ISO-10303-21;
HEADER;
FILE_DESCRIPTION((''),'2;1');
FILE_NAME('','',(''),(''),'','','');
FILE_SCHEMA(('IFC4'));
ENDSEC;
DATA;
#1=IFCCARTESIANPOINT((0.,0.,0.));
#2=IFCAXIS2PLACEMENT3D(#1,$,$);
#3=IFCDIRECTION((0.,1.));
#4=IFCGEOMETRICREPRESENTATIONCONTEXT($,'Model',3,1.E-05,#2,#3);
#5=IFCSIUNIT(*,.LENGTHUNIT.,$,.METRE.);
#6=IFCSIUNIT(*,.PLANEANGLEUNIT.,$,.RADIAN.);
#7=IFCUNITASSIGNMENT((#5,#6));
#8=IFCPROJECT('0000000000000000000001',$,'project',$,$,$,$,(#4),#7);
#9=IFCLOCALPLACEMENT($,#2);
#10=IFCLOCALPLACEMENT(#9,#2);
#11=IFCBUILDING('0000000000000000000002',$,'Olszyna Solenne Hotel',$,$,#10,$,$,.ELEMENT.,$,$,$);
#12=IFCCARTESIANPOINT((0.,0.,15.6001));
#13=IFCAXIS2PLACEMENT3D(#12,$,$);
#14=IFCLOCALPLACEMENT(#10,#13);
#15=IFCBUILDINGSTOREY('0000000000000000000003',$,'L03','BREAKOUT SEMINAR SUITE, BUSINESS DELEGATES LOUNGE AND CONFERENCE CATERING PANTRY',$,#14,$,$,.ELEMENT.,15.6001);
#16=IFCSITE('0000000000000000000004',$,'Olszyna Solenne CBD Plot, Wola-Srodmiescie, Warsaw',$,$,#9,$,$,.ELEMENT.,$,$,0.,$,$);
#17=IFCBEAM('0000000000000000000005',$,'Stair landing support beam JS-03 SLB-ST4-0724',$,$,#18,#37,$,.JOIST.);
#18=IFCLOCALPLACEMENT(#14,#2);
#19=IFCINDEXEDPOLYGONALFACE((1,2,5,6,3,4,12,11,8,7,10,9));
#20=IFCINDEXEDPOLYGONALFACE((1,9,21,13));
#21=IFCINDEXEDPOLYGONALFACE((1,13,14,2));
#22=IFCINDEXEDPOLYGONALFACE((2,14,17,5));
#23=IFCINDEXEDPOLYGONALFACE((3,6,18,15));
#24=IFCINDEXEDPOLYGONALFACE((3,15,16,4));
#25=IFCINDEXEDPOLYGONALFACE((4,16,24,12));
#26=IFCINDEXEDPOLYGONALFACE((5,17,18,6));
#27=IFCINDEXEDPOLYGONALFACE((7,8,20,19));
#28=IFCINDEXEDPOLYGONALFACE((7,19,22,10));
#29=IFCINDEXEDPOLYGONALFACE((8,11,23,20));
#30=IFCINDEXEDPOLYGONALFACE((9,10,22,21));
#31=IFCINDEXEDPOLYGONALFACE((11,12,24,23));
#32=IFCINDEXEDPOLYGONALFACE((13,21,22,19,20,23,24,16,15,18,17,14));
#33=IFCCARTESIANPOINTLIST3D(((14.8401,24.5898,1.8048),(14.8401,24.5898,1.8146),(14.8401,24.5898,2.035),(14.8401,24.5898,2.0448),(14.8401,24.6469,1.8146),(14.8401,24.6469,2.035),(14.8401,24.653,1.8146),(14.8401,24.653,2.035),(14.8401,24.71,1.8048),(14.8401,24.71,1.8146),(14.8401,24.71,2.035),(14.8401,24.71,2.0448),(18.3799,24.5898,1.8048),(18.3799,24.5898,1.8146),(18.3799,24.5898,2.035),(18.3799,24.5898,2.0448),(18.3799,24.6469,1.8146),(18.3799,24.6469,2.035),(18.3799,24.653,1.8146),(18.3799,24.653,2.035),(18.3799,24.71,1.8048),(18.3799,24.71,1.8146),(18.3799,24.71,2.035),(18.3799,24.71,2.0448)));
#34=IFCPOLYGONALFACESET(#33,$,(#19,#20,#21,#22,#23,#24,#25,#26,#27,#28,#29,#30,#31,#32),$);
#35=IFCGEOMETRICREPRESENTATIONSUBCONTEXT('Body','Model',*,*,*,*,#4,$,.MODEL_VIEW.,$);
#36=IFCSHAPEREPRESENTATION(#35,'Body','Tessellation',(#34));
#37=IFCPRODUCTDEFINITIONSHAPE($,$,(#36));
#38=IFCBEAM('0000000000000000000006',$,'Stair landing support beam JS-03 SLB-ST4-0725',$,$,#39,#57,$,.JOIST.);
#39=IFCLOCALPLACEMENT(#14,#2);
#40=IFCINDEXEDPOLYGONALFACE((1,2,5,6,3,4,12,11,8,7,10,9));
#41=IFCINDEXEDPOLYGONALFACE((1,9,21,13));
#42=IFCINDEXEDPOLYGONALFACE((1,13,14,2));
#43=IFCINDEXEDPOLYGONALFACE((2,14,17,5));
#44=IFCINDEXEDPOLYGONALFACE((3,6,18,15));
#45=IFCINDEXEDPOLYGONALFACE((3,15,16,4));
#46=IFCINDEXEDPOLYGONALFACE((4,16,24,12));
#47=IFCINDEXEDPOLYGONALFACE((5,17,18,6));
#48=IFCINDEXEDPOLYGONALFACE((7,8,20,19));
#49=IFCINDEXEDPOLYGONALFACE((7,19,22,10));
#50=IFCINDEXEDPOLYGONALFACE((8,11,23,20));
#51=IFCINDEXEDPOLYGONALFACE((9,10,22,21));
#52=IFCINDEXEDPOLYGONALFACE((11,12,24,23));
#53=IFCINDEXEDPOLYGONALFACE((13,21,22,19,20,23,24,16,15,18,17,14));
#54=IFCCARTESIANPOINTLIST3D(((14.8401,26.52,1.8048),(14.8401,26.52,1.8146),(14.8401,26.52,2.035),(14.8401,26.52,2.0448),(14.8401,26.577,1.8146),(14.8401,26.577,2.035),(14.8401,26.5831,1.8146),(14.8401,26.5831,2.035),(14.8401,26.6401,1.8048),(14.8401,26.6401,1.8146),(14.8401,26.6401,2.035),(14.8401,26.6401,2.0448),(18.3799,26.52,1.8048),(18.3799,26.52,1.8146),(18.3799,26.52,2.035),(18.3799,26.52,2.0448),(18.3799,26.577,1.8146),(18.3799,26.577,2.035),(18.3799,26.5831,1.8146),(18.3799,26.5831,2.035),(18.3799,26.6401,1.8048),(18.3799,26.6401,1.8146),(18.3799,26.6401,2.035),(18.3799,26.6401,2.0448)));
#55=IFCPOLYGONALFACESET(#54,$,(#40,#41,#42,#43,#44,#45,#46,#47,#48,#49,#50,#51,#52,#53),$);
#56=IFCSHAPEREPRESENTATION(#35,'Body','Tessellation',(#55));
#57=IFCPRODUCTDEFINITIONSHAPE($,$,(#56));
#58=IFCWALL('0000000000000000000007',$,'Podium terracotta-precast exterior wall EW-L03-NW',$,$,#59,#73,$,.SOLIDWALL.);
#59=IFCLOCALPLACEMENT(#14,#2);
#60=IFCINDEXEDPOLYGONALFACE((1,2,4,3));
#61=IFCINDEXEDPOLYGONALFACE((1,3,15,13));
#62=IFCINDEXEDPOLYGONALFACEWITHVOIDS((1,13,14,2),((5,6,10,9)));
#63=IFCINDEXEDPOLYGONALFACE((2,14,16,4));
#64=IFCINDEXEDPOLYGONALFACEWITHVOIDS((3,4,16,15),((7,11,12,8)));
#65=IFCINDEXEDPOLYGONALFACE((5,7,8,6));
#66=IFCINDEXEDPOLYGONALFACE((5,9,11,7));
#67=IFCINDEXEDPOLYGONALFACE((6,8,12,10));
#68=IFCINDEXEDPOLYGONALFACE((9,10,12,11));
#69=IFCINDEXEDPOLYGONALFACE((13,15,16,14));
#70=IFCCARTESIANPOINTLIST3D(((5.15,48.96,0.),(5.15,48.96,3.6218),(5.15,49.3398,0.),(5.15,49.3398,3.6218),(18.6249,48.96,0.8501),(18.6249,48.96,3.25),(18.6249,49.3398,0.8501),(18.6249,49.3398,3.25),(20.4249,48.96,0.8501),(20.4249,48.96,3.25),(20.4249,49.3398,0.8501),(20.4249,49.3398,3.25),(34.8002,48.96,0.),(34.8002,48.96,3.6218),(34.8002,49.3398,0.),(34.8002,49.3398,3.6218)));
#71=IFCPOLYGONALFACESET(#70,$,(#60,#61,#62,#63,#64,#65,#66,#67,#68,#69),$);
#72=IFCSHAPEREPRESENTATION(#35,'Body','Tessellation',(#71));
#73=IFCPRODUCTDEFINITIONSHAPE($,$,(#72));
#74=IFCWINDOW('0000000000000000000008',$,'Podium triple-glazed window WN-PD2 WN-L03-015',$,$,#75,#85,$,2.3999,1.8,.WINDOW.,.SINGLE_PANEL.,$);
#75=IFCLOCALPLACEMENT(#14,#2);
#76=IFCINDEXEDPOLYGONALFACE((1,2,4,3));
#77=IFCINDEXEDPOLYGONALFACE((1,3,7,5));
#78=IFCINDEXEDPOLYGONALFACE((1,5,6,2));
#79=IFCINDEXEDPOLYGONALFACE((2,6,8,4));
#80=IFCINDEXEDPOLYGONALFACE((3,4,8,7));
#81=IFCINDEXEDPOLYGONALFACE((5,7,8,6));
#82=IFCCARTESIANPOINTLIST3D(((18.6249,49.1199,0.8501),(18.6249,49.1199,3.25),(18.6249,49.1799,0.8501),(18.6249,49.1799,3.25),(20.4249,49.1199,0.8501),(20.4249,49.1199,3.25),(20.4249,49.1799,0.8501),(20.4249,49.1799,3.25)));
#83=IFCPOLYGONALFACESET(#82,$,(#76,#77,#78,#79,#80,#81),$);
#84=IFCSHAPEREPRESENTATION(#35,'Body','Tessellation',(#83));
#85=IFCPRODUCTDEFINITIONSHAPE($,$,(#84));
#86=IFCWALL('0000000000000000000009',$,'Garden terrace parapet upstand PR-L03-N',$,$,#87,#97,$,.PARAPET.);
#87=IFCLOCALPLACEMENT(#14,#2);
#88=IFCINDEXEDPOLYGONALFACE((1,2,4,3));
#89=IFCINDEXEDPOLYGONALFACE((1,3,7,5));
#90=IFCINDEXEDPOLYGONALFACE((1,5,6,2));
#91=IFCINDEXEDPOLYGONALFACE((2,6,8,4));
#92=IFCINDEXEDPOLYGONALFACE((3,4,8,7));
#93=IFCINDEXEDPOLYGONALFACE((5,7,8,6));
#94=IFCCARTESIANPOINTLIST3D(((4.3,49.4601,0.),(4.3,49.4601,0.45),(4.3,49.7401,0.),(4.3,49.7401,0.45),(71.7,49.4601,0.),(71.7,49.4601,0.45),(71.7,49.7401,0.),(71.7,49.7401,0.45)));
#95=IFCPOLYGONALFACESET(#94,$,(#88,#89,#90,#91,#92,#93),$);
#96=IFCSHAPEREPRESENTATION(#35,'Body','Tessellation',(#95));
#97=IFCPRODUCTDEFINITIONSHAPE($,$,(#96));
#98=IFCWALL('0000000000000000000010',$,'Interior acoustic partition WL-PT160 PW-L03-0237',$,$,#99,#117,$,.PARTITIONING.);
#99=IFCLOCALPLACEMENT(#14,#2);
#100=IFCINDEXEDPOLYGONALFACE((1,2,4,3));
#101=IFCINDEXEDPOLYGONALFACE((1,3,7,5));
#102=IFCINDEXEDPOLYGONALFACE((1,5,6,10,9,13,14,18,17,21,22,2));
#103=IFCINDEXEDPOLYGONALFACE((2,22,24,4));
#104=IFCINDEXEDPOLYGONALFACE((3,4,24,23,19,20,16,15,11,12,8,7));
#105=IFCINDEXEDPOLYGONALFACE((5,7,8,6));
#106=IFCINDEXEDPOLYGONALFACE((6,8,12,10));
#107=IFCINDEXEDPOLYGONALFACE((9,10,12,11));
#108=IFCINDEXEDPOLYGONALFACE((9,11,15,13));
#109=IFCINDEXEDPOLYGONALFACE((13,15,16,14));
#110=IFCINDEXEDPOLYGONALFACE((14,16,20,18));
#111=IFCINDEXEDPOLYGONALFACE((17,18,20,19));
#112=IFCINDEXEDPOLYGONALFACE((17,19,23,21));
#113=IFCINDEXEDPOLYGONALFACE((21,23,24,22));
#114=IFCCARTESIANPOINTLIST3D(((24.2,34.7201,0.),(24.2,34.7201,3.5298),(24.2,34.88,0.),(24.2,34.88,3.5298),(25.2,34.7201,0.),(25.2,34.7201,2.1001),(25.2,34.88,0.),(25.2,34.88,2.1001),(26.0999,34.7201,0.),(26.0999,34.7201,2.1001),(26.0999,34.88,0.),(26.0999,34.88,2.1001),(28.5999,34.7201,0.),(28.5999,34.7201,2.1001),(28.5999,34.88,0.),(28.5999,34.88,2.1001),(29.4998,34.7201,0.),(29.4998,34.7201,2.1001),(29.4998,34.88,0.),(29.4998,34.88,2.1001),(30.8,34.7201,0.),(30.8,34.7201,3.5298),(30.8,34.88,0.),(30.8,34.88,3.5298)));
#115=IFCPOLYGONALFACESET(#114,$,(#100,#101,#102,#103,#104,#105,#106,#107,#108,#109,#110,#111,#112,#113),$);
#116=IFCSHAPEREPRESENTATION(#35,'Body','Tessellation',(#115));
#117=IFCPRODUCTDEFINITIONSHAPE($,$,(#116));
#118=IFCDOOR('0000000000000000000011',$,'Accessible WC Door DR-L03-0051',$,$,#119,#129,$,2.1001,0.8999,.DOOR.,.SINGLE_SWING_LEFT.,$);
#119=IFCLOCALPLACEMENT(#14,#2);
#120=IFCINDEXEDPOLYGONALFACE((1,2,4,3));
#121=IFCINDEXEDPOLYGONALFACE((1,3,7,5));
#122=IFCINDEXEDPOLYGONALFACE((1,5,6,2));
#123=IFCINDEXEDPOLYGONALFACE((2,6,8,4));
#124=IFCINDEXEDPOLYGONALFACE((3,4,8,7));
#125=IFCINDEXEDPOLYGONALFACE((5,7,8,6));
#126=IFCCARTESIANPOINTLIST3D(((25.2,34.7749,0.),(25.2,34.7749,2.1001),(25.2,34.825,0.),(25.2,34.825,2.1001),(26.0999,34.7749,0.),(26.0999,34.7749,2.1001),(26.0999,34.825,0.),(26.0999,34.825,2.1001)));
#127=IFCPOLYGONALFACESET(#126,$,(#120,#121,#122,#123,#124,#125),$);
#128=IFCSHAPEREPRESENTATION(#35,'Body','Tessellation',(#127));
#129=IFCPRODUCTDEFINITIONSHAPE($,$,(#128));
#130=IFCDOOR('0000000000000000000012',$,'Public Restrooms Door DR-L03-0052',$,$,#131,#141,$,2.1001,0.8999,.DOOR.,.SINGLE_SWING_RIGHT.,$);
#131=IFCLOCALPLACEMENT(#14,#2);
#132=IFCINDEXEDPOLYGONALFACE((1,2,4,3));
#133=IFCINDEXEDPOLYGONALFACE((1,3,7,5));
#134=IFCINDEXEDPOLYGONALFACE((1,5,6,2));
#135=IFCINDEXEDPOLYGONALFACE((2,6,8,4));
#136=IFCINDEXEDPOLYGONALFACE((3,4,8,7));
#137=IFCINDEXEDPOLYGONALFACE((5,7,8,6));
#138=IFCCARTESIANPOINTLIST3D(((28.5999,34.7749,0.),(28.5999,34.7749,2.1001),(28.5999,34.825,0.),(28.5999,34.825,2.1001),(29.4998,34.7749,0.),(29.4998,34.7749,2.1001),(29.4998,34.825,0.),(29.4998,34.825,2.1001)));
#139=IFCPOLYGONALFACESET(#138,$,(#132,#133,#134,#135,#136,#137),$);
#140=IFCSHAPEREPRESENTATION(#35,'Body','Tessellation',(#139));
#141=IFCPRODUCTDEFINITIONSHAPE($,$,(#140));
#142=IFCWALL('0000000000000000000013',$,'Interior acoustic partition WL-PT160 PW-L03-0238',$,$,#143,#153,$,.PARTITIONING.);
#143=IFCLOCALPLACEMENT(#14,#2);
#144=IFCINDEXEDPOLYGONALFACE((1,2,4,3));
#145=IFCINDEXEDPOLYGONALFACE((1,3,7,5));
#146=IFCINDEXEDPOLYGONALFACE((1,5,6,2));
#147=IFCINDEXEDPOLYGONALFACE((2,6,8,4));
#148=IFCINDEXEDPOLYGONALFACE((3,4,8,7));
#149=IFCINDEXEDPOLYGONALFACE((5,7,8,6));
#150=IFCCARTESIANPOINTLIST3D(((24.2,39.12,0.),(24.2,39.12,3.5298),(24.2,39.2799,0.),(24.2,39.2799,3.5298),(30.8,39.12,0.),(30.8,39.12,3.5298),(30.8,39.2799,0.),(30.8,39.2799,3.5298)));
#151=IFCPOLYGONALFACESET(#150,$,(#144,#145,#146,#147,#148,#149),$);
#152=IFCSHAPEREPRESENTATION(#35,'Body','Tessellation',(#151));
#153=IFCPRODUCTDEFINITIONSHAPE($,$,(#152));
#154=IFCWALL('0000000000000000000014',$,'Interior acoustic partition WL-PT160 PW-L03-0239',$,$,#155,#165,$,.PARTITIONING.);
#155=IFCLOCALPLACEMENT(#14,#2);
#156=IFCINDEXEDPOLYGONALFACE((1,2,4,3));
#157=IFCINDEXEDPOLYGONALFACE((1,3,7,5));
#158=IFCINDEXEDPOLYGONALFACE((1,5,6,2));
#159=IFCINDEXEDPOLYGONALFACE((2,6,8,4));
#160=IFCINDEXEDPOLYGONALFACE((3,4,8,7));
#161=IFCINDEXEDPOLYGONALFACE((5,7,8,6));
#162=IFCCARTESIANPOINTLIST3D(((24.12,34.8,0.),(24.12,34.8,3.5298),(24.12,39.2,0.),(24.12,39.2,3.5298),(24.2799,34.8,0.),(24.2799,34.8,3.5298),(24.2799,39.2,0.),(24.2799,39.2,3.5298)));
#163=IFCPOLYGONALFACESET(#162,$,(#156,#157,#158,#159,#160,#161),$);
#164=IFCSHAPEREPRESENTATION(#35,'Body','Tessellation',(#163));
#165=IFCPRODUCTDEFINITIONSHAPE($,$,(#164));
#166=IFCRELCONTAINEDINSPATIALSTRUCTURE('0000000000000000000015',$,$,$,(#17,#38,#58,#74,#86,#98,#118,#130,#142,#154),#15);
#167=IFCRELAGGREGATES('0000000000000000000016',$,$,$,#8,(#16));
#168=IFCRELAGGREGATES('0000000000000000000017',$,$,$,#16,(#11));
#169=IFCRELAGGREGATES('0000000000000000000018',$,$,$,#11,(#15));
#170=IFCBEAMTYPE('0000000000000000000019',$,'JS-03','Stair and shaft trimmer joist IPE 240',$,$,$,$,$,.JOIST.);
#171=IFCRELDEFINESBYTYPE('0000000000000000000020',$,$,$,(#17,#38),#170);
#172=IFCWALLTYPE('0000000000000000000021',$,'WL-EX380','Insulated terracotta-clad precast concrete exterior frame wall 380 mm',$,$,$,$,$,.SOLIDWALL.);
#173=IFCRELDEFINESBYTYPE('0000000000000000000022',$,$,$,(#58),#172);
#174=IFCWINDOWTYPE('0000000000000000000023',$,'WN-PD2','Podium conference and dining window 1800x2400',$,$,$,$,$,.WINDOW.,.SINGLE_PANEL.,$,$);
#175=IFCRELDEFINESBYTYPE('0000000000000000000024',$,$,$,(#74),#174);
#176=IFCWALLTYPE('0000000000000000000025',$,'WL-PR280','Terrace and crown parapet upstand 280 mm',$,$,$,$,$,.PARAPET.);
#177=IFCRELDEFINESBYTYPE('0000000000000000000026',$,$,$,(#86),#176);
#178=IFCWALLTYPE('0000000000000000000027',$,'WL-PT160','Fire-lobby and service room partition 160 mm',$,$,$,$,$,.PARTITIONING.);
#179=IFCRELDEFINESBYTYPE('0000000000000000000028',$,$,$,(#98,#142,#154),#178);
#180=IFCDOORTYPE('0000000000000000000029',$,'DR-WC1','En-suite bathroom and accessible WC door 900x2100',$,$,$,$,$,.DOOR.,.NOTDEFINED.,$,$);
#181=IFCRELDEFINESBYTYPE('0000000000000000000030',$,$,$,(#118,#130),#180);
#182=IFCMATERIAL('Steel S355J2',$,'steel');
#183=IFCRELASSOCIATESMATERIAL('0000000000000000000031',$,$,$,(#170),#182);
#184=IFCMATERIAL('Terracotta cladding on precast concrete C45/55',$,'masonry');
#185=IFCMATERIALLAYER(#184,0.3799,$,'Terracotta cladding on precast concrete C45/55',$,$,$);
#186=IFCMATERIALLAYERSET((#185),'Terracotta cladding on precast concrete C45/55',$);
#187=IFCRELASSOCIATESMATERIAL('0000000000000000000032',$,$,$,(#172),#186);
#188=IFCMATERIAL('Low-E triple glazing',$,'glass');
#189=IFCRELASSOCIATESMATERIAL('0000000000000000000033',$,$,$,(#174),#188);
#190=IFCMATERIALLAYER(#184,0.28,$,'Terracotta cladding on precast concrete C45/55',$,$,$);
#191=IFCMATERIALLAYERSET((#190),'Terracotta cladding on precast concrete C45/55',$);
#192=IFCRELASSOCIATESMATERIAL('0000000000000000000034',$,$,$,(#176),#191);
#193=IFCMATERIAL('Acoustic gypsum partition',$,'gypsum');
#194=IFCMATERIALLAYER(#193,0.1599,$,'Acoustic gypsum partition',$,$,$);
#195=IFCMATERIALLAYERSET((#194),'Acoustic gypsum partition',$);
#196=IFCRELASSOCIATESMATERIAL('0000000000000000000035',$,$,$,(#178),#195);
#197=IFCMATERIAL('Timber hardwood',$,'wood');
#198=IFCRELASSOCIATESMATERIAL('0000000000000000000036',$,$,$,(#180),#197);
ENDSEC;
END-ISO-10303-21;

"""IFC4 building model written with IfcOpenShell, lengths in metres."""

from ifc_helpers import new_model, si_unit, direction, frame, frame_2d, origin, origin_2d, place, context, subcontext, project, spatial, rectangle, i_section, extrude, source, transform, mapped, material, layer, layer_set, material_profile, profile_set, type_object, type_shapes, element, fill, save


model = new_model("IFC4")

# Units and contexts
model_context = context("Model", 3, precision=1e-05, world=origin(), true_north=direction((0.0, 1.0)))
body_context = subcontext(model_context, "Body", "Model", "MODEL_VIEW")
ifc_project = project(units=[si_unit("LENGTHUNIT", "METRE"), si_unit("PLANEANGLEUNIT", "RADIAN")], contexts=[model_context])

# Site, building, storey
site_placement = place(None, origin())
site = spatial("IfcSite", under=ifc_project, at=site_placement, Name="Olszyna Solenne CBD Plot, Wola-Srodmiescie, Warsaw", CompositionType="ELEMENT", RefElevation=0.0)
building_placement = place(site_placement, origin())
building = spatial("IfcBuilding", under=site, at=building_placement, Name="Olszyna Solenne Hotel", CompositionType="ELEMENT")
storey_placement = place(building_placement, frame((0.0, 0.0, 15.6001)))
storey = spatial("IfcBuildingStorey", under=building, at=storey_placement, Name="L03", Description="BREAKOUT SEMINAR SUITE, BUSINESS DELEGATES LOUNGE AND CONFERENCE CATERING PANTRY", CompositionType="ELEMENT", Elevation=15.6001)

# Beams
ifc_material_1 = material(Name="Steel S355J2", Category="steel")
ifc_material_profile_1 = material_profile(ifc_material_1, i_section(OverallWidth=0.1201, OverallDepth=0.24, WebThickness=0.0061, FlangeThickness=0.0098, at=origin_2d()), Name="IPE 240", Category="load-bearing")
ifc_profile_set_1 = profile_set([ifc_material_profile_1], Name="Steel S355J2")
beam_type_1 = type_object("IfcBeamType", Name="JS-03", Description="Stair and shaft trimmer joist IPE 240", PredefinedType="JOIST", material=ifc_profile_set_1)
shared_shape_1 = source(origin(), body_context, "Body", "SweptSolid", [
    extrude(i_section(OverallWidth=0.1201, OverallDepth=0.24, WebThickness=0.0061, FlangeThickness=0.0098, at=origin_2d()), origin(), (0.0, 0.0, 1.0), 3.5398),
])
for number, where, z_axis, x_axis, name in (
    (1, (18.3799, 24.6499, 1.9248), (-1.0, 0.0, 0.0), (0.0, -1.0, 0.0), "Stair landing support beam JS-03 SLB-ST4-0724"),
    (2, (18.3799, 26.5801, 1.9248), (-1.0, 0.0, 0.0), (0.0, -1.0, 0.0), "Stair landing support beam JS-03 SLB-ST4-0725"),
):
    element("IfcBeam", number, at=place(storey_placement, frame(where, z_axis=z_axis, x_axis=x_axis)), inside=storey, type_object=beam_type_1, Name=name, PredefinedType="JOIST", context=body_context, shape_type="MappedRepresentation", body=[
        mapped(shared_shape_1, transform((0.0, 0.0, 0.0), x_axis=(1.0, 0.0, 0.0), y_axis=(0.0, 1.0, 0.0), z_axis=(0.0, 0.0, 1.0), scale=1.0)),
    ])

# Wall, opening, window
ifc_material_2 = material(Name="Terracotta cladding on precast concrete C45/55", Category="masonry")
ifc_layer_1 = layer(ifc_material_2, 0.3799, Name="Terracotta cladding on precast concrete C45/55")
ifc_layer_set_1 = layer_set([ifc_layer_1], Name="Terracotta cladding on precast concrete C45/55")
wall_type_1 = type_object("IfcWallType", Name="WL-EX380", Description="Insulated terracotta-clad precast concrete exterior frame wall 380 mm", PredefinedType="SOLIDWALL", material=ifc_layer_set_1)
wall_1_placement = place(storey_placement, frame((5.1499, 49.1499, 0.0), z_axis=(0.0, 0.0, 1.0), x_axis=(1.0, 0.0, 0.0)))
wall_1 = element("IfcWall", 3, at=wall_1_placement, inside=storey, type_object=wall_type_1, Name="Podium terracotta-precast exterior wall EW-L03-NW", PredefinedType="SOLIDWALL", context=body_context, shape_type="SweptSolid", body=[
    extrude(rectangle(XDim=29.6501, YDim=0.3799, at=frame_2d((14.8252, 0.0))), origin(), (0.0, 0.0, 1.0), 3.6218),
])
opening_1_placement = place(wall_1_placement, frame((13.4751, 0.0, 0.8501)))
opening_1 = element("IfcOpeningElement", 4, at=opening_1_placement, cuts=wall_1, PredefinedType="OPENING", context=body_context, shape_type="SweptSolid", body=[
    extrude(rectangle(XDim=1.8, YDim=2.3999, at=frame_2d((0.8999, 1.2))), frame((0.0, 0.2, 0.0), z_axis=(0.0, -1.0, 0.0), x_axis=(1.0, 0.0, 0.0)), (0.0, 0.0, 1.0), 0.3999),
])
ifc_material_3 = material(Name="Low-E triple glazing", Category="glass")
window_type = type_object("IfcWindowType", Name="WN-PD2", Description="Podium conference and dining window 1800x2400", PartitioningType="SINGLE_PANEL", PredefinedType="WINDOW", material=ifc_material_3)
shared_shape_2 = source(origin(), body_context, "Body", "SweptSolid", [
    extrude(rectangle(XDim=1.8, YDim=2.3999, at=frame_2d((0.8999, 1.2))), frame((0.0, 0.03, 0.0), z_axis=(0.0, -1.0, 0.0), x_axis=(1.0, 0.0, 0.0)), (0.0, 0.0, 1.0), 0.0601),
])
type_shapes(window_type, [shared_shape_2])
window_placement = place(opening_1_placement, origin())
window = element("IfcWindow", 5, at=window_placement, inside=storey, type_object=window_type, Name="Podium triple-glazed window WN-PD2 WN-L03-015", OverallHeight=2.3999, OverallWidth=1.8, PartitioningType="SINGLE_PANEL", PredefinedType="WINDOW", context=body_context, shape_type="MappedRepresentation", body=[
    mapped(shared_shape_2, transform((0.0, 0.0, 0.0), x_axis=(1.0, 0.0, 0.0), y_axis=(0.0, 1.0, 0.0), z_axis=(0.0, 0.0, 1.0), scale=1.0)),
])
fill(opening_1, window)

# Wall
ifc_layer_2 = layer(ifc_material_2, 0.28, Name="Terracotta cladding on precast concrete C45/55")
ifc_layer_set_2 = layer_set([ifc_layer_2], Name="Terracotta cladding on precast concrete C45/55")
wall_type_2 = type_object("IfcWallType", Name="WL-PR280", Description="Terrace and crown parapet upstand 280 mm", PredefinedType="PARAPET", material=ifc_layer_set_2)
wall_2_placement = place(storey_placement, frame((4.3, 49.6001, 0.0), z_axis=(0.0, 0.0, 1.0), x_axis=(1.0, 0.0, 0.0)))
element("IfcWall", 6, at=wall_2_placement, inside=storey, type_object=wall_type_2, Name="Garden terrace parapet upstand PR-L03-N", PredefinedType="PARAPET", context=body_context, shape_type="SweptSolid", body=[
    extrude(rectangle(XDim=67.3999, YDim=0.28, at=frame_2d((33.7, 0.0))), origin(), (0.0, 0.0, 1.0), 0.45),
])

# Wall, openings, doors
ifc_material_4 = material(Name="Acoustic gypsum partition", Category="gypsum")
ifc_layer_3 = layer(ifc_material_4, 0.1599, Name="Acoustic gypsum partition")
ifc_layer_set_3 = layer_set([ifc_layer_3], Name="Acoustic gypsum partition")
wall_type_3 = type_object("IfcWallType", Name="WL-PT160", Description="Fire-lobby and service room partition 160 mm", PredefinedType="PARTITIONING", material=ifc_layer_set_3)
wall_3_placement = place(storey_placement, frame((24.2, 34.8, 0.0), z_axis=(0.0, 0.0, 1.0), x_axis=(1.0, 0.0, 0.0)))
wall_3 = element("IfcWall", 7, at=wall_3_placement, inside=storey, type_object=wall_type_3, Name="Interior acoustic partition WL-PT160 PW-L03-0237", PredefinedType="PARTITIONING", context=body_context, shape_type="SweptSolid", body=[
    extrude(rectangle(XDim=6.6001, YDim=0.1599, at=frame_2d((3.3, 0.0))), origin(), (0.0, 0.0, 1.0), 3.5298),
])
opening_2_placement = place(wall_3_placement, frame((1.0, 0.0, 0.0)))
opening_2 = element("IfcOpeningElement", 8, at=opening_2_placement, cuts=wall_3, PredefinedType="OPENING", context=body_context, shape_type="SweptSolid", body=[
    extrude(rectangle(XDim=0.8999, YDim=2.1001, at=frame_2d((0.45, 1.05))), frame((0.0, 0.0898, 0.0), z_axis=(0.0, -1.0, 0.0), x_axis=(1.0, 0.0, 0.0)), (0.0, 0.0, 1.0), 0.1799),
])
opening_3_placement = place(wall_3_placement, frame((4.3999, 0.0, 0.0)))
opening_3 = element("IfcOpeningElement", 9, at=opening_3_placement, cuts=wall_3, PredefinedType="OPENING", context=body_context, shape_type="SweptSolid", body=[
    extrude(rectangle(XDim=0.8999, YDim=2.1001, at=frame_2d((0.45, 1.05))), frame((0.0, 0.0898, 0.0), z_axis=(0.0, -1.0, 0.0), x_axis=(1.0, 0.0, 0.0)), (0.0, 0.0, 1.0), 0.1799),
])
ifc_material_5 = material(Name="Timber hardwood", Category="wood")
door_type_1 = type_object("IfcDoorType", Name="DR-WC1", Description="En-suite bathroom and accessible WC door 900x2100", OperationType="NOTDEFINED", PredefinedType="DOOR", material=ifc_material_5)
shared_shape_3 = source(origin(), body_context, "Body", "SweptSolid", [
    extrude(rectangle(XDim=0.8999, YDim=2.1001, at=frame_2d((0.45, 1.05))), frame((0.0, 0.0249, 0.0), z_axis=(0.0, -1.0, 0.0), x_axis=(1.0, 0.0, 0.0)), (0.0, 0.0, 1.0), 0.05),
])
type_shapes(door_type_1, [shared_shape_3])
door_1_placement = place(opening_2_placement, origin())
door_1 = element("IfcDoor", 10, at=door_1_placement, inside=storey, type_object=door_type_1, Name="Accessible WC Door DR-L03-0051", OperationType="SINGLE_SWING_LEFT", OverallHeight=2.1001, OverallWidth=0.8999, PredefinedType="DOOR", context=body_context, shape_type="MappedRepresentation", body=[
    mapped(shared_shape_3, transform((0.0, 0.0, 0.0), x_axis=(1.0, 0.0, 0.0), y_axis=(0.0, 1.0, 0.0), z_axis=(0.0, 0.0, 1.0), scale=1.0)),
])
fill(opening_2, door_1)
door_2_placement = place(opening_3_placement, origin())
door_2 = element("IfcDoor", 11, at=door_2_placement, inside=storey, type_object=door_type_1, Name="Public Restrooms Door DR-L03-0052", OperationType="SINGLE_SWING_RIGHT", OverallHeight=2.1001, OverallWidth=0.8999, PredefinedType="DOOR", context=body_context, shape_type="MappedRepresentation", body=[
    mapped(shared_shape_3, transform((0.0, 0.0, 0.0), x_axis=(1.0, 0.0, 0.0), y_axis=(0.0, 1.0, 0.0), z_axis=(0.0, 0.0, 1.0), scale=1.0)),
])
fill(opening_3, door_2)

# Walls
wall_4_placement = place(storey_placement, frame((24.2, 39.2, 0.0), z_axis=(0.0, 0.0, 1.0), x_axis=(1.0, 0.0, 0.0)))
element("IfcWall", 12, at=wall_4_placement, inside=storey, type_object=wall_type_3, Name="Interior acoustic partition WL-PT160 PW-L03-0238", PredefinedType="PARTITIONING", context=body_context, shape_type="SweptSolid", body=[
    extrude(rectangle(XDim=6.6001, YDim=0.1599, at=frame_2d((3.3, 0.0))), origin(), (0.0, 0.0, 1.0), 3.5298),
])
wall_5_placement = place(storey_placement, frame((24.2, 34.8, 0.0), z_axis=(0.0, 0.0, 1.0), x_axis=(0.0, 1.0, 0.0)))
element("IfcWall", 13, at=wall_5_placement, inside=storey, type_object=wall_type_3, Name="Interior acoustic partition WL-PT160 PW-L03-0239", PredefinedType="PARTITIONING", context=body_context, shape_type="SweptSolid", body=[
    extrude(rectangle(XDim=4.3999, YDim=0.1599, at=frame_2d((2.2, 0.0))), origin(), (0.0, 0.0, 1.0), 3.5298),
])

save(model, "model.ifc")
